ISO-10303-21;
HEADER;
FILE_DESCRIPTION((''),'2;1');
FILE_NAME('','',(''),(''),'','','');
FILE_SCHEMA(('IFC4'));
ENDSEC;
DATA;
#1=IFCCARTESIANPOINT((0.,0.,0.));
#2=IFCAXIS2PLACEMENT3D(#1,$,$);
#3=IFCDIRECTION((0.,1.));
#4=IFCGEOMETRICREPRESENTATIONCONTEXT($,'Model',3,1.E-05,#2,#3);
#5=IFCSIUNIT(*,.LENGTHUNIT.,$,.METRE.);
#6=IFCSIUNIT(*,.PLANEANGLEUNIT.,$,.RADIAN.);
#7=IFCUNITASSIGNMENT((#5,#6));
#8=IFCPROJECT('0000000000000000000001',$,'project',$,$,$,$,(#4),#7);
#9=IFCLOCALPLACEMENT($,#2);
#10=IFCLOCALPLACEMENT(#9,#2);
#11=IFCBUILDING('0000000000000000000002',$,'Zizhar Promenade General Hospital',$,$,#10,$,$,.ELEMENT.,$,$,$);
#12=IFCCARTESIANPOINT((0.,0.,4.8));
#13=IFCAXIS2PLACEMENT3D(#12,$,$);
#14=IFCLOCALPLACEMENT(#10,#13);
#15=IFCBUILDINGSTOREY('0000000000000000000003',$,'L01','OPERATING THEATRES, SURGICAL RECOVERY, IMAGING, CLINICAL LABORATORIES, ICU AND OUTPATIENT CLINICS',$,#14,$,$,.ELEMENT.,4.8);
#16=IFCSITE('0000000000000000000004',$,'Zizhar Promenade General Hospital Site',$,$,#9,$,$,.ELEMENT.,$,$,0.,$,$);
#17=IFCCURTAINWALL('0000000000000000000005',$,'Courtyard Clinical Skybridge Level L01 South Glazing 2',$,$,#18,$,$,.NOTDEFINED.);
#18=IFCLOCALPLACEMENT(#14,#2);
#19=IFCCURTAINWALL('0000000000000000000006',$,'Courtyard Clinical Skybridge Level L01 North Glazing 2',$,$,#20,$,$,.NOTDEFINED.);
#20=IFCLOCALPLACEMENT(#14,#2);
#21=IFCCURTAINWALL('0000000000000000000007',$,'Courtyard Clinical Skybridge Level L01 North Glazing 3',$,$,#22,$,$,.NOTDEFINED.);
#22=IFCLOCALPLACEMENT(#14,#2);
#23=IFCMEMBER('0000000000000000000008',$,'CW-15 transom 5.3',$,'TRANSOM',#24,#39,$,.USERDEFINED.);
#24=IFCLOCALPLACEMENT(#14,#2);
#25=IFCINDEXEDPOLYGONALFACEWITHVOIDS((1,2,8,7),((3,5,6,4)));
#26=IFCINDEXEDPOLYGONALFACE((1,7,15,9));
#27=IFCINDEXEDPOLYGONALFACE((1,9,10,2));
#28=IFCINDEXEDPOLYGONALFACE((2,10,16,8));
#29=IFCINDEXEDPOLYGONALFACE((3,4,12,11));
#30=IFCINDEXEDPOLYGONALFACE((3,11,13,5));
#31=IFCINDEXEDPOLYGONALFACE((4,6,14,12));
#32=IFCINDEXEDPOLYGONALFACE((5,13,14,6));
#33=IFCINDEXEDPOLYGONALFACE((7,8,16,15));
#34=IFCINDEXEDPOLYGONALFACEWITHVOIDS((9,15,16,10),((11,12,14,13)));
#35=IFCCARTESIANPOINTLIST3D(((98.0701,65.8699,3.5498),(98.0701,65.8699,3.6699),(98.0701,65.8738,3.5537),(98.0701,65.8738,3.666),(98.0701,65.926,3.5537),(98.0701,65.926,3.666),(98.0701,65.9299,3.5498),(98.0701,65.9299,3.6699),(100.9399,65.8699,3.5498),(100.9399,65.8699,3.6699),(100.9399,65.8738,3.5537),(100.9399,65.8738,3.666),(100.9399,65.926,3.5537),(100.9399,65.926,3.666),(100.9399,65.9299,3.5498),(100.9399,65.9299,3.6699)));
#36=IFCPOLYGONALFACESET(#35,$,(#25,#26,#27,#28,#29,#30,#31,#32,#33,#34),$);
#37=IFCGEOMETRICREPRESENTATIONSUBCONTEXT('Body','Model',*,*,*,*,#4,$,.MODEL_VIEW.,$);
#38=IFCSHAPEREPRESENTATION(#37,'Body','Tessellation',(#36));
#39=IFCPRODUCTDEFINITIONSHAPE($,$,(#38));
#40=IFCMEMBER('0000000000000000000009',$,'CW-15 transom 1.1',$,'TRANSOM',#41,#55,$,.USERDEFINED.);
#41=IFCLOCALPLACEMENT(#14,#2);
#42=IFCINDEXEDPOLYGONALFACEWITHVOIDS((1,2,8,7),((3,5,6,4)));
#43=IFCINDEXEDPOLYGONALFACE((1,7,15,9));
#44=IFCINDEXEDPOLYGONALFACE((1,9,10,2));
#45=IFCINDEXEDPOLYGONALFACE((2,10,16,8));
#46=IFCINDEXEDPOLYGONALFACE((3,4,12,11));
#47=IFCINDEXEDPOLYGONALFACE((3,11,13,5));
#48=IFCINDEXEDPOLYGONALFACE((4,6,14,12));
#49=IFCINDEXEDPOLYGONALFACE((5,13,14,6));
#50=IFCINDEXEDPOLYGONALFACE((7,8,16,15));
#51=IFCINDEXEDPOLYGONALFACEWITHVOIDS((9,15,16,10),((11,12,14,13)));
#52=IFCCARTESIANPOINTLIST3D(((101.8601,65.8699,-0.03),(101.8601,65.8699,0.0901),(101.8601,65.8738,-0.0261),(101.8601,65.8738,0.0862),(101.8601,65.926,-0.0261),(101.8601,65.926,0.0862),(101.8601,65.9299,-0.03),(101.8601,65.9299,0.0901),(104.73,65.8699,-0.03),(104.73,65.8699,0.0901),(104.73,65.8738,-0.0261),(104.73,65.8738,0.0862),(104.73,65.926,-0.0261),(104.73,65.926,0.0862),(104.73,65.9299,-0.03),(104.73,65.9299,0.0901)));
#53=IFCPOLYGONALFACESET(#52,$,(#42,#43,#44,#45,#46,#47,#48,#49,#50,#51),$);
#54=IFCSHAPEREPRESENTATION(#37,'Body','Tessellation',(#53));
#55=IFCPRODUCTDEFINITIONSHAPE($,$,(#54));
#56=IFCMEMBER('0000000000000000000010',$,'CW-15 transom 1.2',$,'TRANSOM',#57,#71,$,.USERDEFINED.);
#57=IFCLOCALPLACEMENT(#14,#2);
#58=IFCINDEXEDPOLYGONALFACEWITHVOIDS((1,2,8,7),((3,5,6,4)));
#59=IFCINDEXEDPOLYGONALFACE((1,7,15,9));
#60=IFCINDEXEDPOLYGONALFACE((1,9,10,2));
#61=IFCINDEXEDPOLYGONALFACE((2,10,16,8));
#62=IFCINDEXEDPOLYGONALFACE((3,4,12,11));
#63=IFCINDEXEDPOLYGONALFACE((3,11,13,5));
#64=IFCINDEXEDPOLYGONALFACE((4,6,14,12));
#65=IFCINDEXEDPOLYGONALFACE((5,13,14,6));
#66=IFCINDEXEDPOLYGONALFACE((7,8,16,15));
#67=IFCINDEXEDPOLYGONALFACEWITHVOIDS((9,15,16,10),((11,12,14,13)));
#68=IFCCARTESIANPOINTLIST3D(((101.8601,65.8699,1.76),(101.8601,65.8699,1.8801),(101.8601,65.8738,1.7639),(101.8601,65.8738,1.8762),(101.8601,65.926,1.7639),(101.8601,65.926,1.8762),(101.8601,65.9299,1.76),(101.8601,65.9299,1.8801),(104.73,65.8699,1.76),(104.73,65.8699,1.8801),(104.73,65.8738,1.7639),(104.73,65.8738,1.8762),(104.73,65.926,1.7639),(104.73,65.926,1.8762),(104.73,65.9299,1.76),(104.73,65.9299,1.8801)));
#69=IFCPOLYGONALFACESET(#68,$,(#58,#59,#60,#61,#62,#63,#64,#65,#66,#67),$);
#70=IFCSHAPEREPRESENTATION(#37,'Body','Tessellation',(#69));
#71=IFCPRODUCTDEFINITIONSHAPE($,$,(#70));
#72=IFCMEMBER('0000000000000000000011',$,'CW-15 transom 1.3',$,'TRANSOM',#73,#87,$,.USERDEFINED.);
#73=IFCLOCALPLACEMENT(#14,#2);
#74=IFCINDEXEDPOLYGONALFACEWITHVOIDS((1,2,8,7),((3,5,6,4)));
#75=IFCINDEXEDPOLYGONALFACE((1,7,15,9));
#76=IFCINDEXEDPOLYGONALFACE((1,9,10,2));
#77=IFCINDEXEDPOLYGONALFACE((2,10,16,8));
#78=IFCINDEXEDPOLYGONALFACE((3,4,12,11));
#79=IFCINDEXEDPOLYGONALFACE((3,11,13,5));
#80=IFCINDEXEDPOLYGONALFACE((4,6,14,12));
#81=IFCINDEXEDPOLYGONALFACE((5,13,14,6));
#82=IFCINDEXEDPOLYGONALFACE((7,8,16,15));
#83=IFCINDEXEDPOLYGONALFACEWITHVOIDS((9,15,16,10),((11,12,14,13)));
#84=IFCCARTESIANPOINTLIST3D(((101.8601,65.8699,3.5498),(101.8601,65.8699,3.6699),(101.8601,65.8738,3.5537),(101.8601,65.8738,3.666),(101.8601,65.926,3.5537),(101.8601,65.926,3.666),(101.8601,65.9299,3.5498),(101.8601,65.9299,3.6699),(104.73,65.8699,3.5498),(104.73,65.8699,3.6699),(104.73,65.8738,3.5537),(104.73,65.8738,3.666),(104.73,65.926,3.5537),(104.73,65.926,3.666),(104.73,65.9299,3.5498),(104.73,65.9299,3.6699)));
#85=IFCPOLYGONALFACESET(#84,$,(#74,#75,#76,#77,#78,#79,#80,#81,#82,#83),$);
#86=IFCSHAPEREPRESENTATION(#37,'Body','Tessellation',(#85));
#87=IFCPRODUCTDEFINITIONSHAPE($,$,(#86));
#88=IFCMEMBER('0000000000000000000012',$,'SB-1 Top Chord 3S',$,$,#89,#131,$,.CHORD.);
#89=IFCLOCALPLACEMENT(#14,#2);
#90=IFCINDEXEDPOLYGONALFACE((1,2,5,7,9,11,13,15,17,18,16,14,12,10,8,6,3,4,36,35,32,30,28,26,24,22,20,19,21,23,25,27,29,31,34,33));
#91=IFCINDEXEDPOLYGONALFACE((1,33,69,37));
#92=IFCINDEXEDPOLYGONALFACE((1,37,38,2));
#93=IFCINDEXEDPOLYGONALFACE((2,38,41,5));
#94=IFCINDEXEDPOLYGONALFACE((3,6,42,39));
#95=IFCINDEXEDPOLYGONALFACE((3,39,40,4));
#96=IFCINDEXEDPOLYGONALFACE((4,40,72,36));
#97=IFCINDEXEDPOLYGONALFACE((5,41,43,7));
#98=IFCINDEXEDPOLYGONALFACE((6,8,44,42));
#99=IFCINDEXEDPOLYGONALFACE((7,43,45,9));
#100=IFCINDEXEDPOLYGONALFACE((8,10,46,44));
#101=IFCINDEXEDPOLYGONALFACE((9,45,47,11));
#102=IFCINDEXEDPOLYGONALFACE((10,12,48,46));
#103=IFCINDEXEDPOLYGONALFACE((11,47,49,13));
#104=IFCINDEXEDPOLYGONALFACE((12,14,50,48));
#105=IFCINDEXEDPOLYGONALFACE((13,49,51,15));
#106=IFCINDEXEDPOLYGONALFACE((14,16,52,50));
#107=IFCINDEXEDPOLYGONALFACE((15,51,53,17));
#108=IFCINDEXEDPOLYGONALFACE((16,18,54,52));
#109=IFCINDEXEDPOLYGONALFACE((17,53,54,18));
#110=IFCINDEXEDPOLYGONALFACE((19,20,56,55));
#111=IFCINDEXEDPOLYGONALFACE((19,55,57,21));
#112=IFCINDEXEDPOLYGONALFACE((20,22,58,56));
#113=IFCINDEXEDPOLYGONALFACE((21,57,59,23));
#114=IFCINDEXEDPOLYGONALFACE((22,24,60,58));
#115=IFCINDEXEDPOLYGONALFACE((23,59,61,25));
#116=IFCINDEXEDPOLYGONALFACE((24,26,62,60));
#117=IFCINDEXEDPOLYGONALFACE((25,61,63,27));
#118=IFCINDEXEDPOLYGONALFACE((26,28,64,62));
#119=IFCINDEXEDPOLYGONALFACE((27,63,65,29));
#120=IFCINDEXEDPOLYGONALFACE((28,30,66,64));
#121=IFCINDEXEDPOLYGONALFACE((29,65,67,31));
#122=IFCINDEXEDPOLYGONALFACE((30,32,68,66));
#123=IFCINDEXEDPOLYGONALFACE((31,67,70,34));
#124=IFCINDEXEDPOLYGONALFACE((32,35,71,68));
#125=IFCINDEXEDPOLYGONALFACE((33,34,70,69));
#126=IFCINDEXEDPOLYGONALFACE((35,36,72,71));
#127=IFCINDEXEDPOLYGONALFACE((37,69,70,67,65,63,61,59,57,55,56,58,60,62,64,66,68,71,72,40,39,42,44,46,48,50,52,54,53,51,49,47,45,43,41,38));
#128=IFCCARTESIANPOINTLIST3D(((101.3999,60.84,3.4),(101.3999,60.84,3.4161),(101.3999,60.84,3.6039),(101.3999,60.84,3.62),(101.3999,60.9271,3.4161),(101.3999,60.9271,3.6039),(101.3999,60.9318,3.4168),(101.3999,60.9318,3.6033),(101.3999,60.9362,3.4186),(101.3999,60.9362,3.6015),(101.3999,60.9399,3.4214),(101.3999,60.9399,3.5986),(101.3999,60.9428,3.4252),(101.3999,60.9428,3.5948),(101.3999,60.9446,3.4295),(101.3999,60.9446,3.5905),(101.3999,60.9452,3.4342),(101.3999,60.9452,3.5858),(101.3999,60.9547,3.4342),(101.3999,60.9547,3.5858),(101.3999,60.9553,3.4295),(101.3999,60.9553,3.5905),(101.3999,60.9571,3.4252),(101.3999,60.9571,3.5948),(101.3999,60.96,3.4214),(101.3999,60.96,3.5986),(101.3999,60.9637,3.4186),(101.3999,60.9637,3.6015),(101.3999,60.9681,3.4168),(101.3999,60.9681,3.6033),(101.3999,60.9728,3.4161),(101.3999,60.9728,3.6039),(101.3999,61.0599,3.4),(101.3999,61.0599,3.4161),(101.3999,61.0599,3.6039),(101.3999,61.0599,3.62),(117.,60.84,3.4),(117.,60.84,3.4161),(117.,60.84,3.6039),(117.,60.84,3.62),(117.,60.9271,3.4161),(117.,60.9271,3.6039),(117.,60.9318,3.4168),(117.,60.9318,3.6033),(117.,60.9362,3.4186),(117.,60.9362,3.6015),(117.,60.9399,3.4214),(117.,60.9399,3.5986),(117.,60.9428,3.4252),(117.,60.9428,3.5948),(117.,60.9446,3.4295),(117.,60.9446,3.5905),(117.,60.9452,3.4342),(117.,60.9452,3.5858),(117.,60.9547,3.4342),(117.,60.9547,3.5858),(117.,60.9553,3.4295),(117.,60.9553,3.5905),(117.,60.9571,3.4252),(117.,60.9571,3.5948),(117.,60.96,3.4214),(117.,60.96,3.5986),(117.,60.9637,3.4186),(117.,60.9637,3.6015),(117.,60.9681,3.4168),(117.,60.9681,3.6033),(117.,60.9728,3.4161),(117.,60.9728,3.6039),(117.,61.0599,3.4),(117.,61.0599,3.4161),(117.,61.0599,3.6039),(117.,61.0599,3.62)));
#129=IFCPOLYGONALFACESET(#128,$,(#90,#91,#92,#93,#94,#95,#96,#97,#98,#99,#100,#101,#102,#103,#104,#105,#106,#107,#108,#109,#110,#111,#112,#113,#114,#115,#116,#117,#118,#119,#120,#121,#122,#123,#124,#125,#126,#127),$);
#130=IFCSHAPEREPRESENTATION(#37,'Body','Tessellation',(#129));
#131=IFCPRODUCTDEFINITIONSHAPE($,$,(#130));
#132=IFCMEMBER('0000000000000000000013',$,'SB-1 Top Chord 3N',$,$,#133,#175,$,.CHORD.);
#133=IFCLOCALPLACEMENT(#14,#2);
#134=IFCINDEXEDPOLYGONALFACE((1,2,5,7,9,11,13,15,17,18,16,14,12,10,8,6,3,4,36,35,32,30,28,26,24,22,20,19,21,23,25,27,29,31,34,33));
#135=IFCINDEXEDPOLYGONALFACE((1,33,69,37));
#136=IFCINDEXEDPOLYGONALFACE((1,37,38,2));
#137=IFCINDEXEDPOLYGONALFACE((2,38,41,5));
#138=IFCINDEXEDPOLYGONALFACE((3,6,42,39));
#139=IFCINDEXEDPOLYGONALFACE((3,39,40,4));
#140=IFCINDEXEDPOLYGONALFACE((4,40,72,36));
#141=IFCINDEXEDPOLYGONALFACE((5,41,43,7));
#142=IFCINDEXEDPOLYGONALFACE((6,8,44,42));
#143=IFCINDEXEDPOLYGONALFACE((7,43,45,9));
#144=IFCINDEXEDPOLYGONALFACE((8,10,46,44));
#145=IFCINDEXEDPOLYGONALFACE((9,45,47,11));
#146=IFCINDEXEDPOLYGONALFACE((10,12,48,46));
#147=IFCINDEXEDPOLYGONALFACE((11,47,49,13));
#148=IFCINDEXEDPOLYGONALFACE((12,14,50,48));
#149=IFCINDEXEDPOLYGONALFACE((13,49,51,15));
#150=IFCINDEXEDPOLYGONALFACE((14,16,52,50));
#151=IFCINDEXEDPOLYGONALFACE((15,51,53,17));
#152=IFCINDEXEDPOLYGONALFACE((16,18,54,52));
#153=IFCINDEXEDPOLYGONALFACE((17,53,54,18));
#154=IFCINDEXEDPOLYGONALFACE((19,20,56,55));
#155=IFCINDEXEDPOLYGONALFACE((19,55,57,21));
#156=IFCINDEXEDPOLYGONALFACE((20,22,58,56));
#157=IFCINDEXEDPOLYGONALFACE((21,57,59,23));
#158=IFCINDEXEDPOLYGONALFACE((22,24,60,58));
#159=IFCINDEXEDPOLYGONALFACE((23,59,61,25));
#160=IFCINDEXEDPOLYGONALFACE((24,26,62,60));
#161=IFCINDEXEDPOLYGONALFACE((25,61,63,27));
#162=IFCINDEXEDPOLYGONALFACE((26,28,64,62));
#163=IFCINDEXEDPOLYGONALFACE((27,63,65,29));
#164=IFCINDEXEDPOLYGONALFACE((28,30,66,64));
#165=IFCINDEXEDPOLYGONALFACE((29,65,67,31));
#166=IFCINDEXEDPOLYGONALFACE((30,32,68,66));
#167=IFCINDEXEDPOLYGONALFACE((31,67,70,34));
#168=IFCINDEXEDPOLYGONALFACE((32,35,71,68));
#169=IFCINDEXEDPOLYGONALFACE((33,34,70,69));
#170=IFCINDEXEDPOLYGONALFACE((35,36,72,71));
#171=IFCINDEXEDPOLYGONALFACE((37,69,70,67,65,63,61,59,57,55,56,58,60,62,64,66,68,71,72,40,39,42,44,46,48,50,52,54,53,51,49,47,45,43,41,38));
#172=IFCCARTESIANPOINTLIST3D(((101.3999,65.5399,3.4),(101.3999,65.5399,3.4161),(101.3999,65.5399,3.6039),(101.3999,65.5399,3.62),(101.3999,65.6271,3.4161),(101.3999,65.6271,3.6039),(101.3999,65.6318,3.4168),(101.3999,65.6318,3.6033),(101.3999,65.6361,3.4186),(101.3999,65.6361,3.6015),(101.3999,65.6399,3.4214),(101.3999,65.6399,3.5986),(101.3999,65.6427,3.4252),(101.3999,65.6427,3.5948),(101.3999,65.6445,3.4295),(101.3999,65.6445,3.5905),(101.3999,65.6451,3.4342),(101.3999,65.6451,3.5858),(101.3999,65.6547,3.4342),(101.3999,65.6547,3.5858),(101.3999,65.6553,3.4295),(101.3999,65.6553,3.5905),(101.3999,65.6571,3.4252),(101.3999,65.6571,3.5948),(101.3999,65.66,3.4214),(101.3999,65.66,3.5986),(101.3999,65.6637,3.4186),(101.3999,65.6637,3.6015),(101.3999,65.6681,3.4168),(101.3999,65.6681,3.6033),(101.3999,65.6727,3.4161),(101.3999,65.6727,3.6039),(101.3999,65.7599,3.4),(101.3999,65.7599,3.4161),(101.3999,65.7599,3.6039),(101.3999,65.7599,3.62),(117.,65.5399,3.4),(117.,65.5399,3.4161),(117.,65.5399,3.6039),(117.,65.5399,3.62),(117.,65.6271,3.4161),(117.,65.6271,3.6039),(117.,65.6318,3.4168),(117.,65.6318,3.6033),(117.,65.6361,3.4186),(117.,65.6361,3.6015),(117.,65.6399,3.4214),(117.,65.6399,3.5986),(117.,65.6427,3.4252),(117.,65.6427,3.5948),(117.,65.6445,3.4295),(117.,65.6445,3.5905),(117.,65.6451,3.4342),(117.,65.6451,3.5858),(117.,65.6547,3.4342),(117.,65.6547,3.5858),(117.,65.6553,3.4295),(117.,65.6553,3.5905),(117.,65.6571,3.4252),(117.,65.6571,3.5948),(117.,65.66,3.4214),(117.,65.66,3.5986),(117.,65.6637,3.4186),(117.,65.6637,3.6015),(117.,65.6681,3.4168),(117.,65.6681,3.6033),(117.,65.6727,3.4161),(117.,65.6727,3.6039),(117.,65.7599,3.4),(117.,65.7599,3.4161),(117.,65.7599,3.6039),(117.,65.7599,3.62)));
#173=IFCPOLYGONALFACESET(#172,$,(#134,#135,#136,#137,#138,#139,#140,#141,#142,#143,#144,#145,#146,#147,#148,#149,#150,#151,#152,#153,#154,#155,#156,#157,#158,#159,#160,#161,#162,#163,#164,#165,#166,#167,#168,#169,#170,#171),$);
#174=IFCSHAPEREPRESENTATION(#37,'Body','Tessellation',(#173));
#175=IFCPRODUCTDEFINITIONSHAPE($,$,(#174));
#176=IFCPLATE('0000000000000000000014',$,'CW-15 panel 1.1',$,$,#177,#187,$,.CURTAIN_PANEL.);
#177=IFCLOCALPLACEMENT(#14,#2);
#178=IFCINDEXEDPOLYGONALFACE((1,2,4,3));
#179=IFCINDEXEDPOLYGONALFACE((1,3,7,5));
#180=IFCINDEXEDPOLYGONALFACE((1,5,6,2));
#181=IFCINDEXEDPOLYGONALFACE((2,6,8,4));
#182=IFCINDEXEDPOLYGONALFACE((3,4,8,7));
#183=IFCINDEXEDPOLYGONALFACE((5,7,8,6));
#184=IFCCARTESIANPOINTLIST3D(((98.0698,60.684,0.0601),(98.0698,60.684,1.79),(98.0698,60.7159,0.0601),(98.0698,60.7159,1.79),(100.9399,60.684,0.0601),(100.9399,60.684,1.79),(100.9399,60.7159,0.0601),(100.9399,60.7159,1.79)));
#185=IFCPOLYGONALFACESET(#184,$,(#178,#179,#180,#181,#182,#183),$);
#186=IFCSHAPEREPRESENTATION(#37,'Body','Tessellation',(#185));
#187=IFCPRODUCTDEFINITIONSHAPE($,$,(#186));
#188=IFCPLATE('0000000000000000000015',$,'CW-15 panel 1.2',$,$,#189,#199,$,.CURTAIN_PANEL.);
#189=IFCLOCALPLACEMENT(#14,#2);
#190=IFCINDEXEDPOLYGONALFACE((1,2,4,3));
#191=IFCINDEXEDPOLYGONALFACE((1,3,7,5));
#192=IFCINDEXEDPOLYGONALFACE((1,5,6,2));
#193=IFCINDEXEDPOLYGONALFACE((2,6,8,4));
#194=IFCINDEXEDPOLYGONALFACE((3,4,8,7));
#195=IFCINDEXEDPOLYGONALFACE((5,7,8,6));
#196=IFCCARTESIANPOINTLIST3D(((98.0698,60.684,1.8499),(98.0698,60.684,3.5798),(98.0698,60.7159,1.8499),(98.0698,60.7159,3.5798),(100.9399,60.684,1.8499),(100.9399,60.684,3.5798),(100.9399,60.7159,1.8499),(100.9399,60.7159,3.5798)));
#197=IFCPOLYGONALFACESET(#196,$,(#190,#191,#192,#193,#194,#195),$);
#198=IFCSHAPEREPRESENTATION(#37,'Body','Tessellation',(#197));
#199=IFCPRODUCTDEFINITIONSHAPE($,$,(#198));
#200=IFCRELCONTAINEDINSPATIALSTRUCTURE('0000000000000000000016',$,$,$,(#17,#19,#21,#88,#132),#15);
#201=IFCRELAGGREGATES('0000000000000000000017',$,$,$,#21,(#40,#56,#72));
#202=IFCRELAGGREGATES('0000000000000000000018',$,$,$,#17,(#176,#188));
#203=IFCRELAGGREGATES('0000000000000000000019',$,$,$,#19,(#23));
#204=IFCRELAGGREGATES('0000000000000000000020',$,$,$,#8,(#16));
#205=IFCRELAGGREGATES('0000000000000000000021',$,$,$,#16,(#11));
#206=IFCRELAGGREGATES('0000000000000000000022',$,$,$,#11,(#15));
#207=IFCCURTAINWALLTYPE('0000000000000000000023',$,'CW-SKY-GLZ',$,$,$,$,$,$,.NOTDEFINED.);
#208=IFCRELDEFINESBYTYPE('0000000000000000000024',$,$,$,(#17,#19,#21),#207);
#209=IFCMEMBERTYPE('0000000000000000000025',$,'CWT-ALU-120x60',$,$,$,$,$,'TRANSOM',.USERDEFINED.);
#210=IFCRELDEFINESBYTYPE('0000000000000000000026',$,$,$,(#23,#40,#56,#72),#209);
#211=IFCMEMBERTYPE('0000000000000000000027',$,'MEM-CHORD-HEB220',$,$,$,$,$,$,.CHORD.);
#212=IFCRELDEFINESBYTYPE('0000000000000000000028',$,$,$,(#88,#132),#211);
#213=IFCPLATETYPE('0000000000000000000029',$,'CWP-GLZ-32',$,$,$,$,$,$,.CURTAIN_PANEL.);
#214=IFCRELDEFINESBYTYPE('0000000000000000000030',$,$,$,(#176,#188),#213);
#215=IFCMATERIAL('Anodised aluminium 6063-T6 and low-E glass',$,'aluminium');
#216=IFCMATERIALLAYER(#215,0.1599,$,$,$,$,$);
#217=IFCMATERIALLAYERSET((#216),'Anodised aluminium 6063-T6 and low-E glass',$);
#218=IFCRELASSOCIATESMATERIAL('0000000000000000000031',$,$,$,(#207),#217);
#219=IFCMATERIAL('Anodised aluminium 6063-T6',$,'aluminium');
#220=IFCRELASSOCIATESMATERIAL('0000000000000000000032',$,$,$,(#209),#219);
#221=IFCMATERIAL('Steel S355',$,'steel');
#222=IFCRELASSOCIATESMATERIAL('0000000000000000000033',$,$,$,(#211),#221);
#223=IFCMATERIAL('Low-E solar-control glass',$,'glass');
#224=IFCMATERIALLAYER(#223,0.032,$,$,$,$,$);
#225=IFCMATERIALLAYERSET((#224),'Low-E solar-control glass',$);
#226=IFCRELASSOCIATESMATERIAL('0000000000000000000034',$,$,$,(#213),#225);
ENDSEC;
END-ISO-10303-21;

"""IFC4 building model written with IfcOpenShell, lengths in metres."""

from ifc_helpers import new_model, si_unit, direction, frame, origin, origin_2d, place, context, subcontext, project, spatial, rectangle, hollow_rectangle, i_section, extrude, material, layer, layer_set, material_profile, profile_set, type_object, element, aggregate, save


model = new_model("IFC4")

# Units and contexts
model_context = context("Model", 3, precision=1e-05, world=origin(), true_north=direction((0.0, 1.0)))
body_context = subcontext(model_context, "Body", "Model", "MODEL_VIEW")
ifc_project = project(units=[si_unit("LENGTHUNIT", "METRE"), si_unit("PLANEANGLEUNIT", "RADIAN")], contexts=[model_context])

# Site, building, storey
site_placement = place(None, origin())
site = spatial("IfcSite", under=ifc_project, at=site_placement, Name="Zizhar Promenade General Hospital Site", CompositionType="ELEMENT", RefElevation=0.0)
building_placement = place(site_placement, origin())
building = spatial("IfcBuilding", under=site, at=building_placement, Name="Zizhar Promenade General Hospital", CompositionType="ELEMENT")
storey_placement = place(building_placement, frame((0.0, 0.0, 4.8)))
storey = spatial("IfcBuildingStorey", under=building, at=storey_placement, Name="L01", Description="OPERATING THEATRES, SURGICAL RECOVERY, IMAGING, CLINICAL LABORATORIES, ICU AND OUTPATIENT CLINICS", CompositionType="ELEMENT", Elevation=4.8)

# Curtain walls
ifc_material_1 = material(Name="Anodised aluminium 6063-T6 and low-E glass", Category="aluminium")
ifc_layer_1 = layer(ifc_material_1, 0.1599)
ifc_layer_set_1 = layer_set([ifc_layer_1], Name="Anodised aluminium 6063-T6 and low-E glass")
curtain_wall_type = type_object("IfcCurtainWallType", Name="CW-SKY-GLZ", PredefinedType="NOTDEFINED", material=ifc_layer_set_1)
curtain_wall_1_placement = place(storey_placement, origin())
curtain_wall_1 = element("IfcCurtainWall", 1, at=curtain_wall_1_placement, inside=storey, type_object=curtain_wall_type, Name="Courtyard Clinical Skybridge Level L01 South Glazing 2", PredefinedType="NOTDEFINED")
curtain_wall_2_placement = place(storey_placement, origin())
curtain_wall_2 = element("IfcCurtainWall", 2, at=curtain_wall_2_placement, inside=storey, type_object=curtain_wall_type, Name="Courtyard Clinical Skybridge Level L01 North Glazing 2", PredefinedType="NOTDEFINED")
curtain_wall_3_placement = place(storey_placement, origin())
curtain_wall_3 = element("IfcCurtainWall", 3, at=curtain_wall_3_placement, inside=storey, type_object=curtain_wall_type, Name="Courtyard Clinical Skybridge Level L01 North Glazing 3", PredefinedType="NOTDEFINED")

# Members
ifc_material_2 = material(Name="Anodised aluminium 6063-T6", Category="aluminium")
ifc_material_profile_1 = material_profile(ifc_material_2, hollow_rectangle(XDim=0.0601, YDim=0.1201, WallThickness=0.0039, at=origin_2d()))
ifc_profile_set_1 = profile_set([ifc_material_profile_1], Name="Anodised aluminium 6063-T6")
member_type_1 = type_object("IfcMemberType", Name="CWT-ALU-120x60", ElementType="TRANSOM", PredefinedType="USERDEFINED", material=ifc_profile_set_1)
member_1_placement = place(storey_placement, frame((98.0701, 65.8999, 3.6099), z_axis=(1.0, 0.0, 0.0), x_axis=(0.0, 1.0, 0.0)))
member_1 = element("IfcMember", 4, at=member_1_placement, type_object=member_type_1, Name="CW-15 transom 5.3", ObjectType="TRANSOM", PredefinedType="USERDEFINED", context=body_context, shape_type="SweptSolid", body=[
    extrude(hollow_rectangle(XDim=0.0601, YDim=0.1201, WallThickness=0.0039, at=origin_2d()), origin(), (0.0, 0.0, 1.0), 2.8699),
])
member_2_placement = place(storey_placement, frame((101.8601, 65.8999, 0.03), z_axis=(1.0, 0.0, 0.0), x_axis=(0.0, 1.0, 0.0)))
member_2 = element("IfcMember", 5, at=member_2_placement, type_object=member_type_1, Name="CW-15 transom 1.1", ObjectType="TRANSOM", PredefinedType="USERDEFINED", context=body_context, shape_type="SweptSolid", body=[
    extrude(hollow_rectangle(XDim=0.0601, YDim=0.1201, WallThickness=0.0039, at=origin_2d()), origin(), (0.0, 0.0, 1.0), 2.8699),
])
member_3_placement = place(storey_placement, frame((101.8601, 65.8999, 1.8201), z_axis=(1.0, 0.0, 0.0), x_axis=(0.0, 1.0, 0.0)))
member_3 = element("IfcMember", 6, at=member_3_placement, type_object=member_type_1, Name="CW-15 transom 1.2", ObjectType="TRANSOM", PredefinedType="USERDEFINED", context=body_context, shape_type="SweptSolid", body=[
    extrude(hollow_rectangle(XDim=0.0601, YDim=0.1201, WallThickness=0.0039, at=origin_2d()), origin(), (0.0, 0.0, 1.0), 2.8699),
])
member_4_placement = place(storey_placement, frame((101.8601, 65.8999, 3.6099), z_axis=(1.0, 0.0, 0.0), x_axis=(0.0, 1.0, 0.0)))
member_4 = element("IfcMember", 7, at=member_4_placement, type_object=member_type_1, Name="CW-15 transom 1.3", ObjectType="TRANSOM", PredefinedType="USERDEFINED", context=body_context, shape_type="SweptSolid", body=[
    extrude(hollow_rectangle(XDim=0.0601, YDim=0.1201, WallThickness=0.0039, at=origin_2d()), origin(), (0.0, 0.0, 1.0), 2.8699),
])
aggregate(curtain_wall_3, [member_2, member_3, member_4])

# Members
ifc_material_3 = material(Name="Steel S355", Category="steel")
ifc_material_profile_2 = material_profile(ifc_material_3, i_section(OverallWidth=0.22, OverallDepth=0.22, WebThickness=0.0095, FlangeThickness=0.0161, FilletRadius=0.0181, at=origin_2d()))
ifc_profile_set_2 = profile_set([ifc_material_profile_2], Name="Steel S355")
member_type_2 = type_object("IfcMemberType", Name="MEM-CHORD-HEB220", PredefinedType="CHORD", material=ifc_profile_set_2)
for number, where, z_axis, x_axis, name in (
    (8, (101.3999, 60.95, 3.51), (1.0, 0.0, 0.0), (0.0, 1.0, 0.0), "SB-1 Top Chord 3S"),
    (9, (101.3999, 65.6499, 3.51), (1.0, 0.0, 0.0), (0.0, 1.0, 0.0), "SB-1 Top Chord 3N"),
):
    element("IfcMember", number, at=place(storey_placement, frame(where, z_axis=z_axis, x_axis=x_axis)), inside=storey, type_object=member_type_2, Name=name, PredefinedType="CHORD", context=body_context, shape_type="SweptSolid", body=[
        extrude(i_section(OverallWidth=0.22, OverallDepth=0.22, WebThickness=0.0095, FlangeThickness=0.0161, FilletRadius=0.0181, at=origin_2d()), origin(), (0.0, 0.0, 1.0), 15.6001),
    ])

# Plates
ifc_material_4 = material(Name="Low-E solar-control glass", Category="glass")
ifc_layer_2 = layer(ifc_material_4, 0.032)
ifc_layer_set_2 = layer_set([ifc_layer_2], Name="Low-E solar-control glass")
plate_type = type_object("IfcPlateType", Name="CWP-GLZ-32", PredefinedType="CURTAIN_PANEL", material=ifc_layer_set_2)
plate_1_placement = place(storey_placement, frame((99.5049, 60.7, 0.0601), z_axis=(0.0, 0.0, 1.0), x_axis=(-1.0, 0.0, 0.0)))
plate_1 = element("IfcPlate", 10, at=plate_1_placement, type_object=plate_type, Name="CW-15 panel 1.1", PredefinedType="CURTAIN_PANEL", context=body_context, shape_type="SweptSolid", body=[
    extrude(rectangle(XDim=2.8701, YDim=0.032, at=origin_2d()), origin(), (0.0, 0.0, 1.0), 1.73),
])
plate_2_placement = place(storey_placement, frame((99.5049, 60.7, 1.8499), z_axis=(0.0, 0.0, 1.0), x_axis=(-1.0, 0.0, 0.0)))
plate_2 = element("IfcPlate", 11, at=plate_2_placement, type_object=plate_type, Name="CW-15 panel 1.2", PredefinedType="CURTAIN_PANEL", context=body_context, shape_type="SweptSolid", body=[
    extrude(rectangle(XDim=2.8701, YDim=0.032, at=origin_2d()), origin(), (0.0, 0.0, 1.0), 1.73),
])
aggregate(curtain_wall_1, [plate_1, plate_2])
aggregate(curtain_wall_2, [member_1])

save(model, "model.ifc")
